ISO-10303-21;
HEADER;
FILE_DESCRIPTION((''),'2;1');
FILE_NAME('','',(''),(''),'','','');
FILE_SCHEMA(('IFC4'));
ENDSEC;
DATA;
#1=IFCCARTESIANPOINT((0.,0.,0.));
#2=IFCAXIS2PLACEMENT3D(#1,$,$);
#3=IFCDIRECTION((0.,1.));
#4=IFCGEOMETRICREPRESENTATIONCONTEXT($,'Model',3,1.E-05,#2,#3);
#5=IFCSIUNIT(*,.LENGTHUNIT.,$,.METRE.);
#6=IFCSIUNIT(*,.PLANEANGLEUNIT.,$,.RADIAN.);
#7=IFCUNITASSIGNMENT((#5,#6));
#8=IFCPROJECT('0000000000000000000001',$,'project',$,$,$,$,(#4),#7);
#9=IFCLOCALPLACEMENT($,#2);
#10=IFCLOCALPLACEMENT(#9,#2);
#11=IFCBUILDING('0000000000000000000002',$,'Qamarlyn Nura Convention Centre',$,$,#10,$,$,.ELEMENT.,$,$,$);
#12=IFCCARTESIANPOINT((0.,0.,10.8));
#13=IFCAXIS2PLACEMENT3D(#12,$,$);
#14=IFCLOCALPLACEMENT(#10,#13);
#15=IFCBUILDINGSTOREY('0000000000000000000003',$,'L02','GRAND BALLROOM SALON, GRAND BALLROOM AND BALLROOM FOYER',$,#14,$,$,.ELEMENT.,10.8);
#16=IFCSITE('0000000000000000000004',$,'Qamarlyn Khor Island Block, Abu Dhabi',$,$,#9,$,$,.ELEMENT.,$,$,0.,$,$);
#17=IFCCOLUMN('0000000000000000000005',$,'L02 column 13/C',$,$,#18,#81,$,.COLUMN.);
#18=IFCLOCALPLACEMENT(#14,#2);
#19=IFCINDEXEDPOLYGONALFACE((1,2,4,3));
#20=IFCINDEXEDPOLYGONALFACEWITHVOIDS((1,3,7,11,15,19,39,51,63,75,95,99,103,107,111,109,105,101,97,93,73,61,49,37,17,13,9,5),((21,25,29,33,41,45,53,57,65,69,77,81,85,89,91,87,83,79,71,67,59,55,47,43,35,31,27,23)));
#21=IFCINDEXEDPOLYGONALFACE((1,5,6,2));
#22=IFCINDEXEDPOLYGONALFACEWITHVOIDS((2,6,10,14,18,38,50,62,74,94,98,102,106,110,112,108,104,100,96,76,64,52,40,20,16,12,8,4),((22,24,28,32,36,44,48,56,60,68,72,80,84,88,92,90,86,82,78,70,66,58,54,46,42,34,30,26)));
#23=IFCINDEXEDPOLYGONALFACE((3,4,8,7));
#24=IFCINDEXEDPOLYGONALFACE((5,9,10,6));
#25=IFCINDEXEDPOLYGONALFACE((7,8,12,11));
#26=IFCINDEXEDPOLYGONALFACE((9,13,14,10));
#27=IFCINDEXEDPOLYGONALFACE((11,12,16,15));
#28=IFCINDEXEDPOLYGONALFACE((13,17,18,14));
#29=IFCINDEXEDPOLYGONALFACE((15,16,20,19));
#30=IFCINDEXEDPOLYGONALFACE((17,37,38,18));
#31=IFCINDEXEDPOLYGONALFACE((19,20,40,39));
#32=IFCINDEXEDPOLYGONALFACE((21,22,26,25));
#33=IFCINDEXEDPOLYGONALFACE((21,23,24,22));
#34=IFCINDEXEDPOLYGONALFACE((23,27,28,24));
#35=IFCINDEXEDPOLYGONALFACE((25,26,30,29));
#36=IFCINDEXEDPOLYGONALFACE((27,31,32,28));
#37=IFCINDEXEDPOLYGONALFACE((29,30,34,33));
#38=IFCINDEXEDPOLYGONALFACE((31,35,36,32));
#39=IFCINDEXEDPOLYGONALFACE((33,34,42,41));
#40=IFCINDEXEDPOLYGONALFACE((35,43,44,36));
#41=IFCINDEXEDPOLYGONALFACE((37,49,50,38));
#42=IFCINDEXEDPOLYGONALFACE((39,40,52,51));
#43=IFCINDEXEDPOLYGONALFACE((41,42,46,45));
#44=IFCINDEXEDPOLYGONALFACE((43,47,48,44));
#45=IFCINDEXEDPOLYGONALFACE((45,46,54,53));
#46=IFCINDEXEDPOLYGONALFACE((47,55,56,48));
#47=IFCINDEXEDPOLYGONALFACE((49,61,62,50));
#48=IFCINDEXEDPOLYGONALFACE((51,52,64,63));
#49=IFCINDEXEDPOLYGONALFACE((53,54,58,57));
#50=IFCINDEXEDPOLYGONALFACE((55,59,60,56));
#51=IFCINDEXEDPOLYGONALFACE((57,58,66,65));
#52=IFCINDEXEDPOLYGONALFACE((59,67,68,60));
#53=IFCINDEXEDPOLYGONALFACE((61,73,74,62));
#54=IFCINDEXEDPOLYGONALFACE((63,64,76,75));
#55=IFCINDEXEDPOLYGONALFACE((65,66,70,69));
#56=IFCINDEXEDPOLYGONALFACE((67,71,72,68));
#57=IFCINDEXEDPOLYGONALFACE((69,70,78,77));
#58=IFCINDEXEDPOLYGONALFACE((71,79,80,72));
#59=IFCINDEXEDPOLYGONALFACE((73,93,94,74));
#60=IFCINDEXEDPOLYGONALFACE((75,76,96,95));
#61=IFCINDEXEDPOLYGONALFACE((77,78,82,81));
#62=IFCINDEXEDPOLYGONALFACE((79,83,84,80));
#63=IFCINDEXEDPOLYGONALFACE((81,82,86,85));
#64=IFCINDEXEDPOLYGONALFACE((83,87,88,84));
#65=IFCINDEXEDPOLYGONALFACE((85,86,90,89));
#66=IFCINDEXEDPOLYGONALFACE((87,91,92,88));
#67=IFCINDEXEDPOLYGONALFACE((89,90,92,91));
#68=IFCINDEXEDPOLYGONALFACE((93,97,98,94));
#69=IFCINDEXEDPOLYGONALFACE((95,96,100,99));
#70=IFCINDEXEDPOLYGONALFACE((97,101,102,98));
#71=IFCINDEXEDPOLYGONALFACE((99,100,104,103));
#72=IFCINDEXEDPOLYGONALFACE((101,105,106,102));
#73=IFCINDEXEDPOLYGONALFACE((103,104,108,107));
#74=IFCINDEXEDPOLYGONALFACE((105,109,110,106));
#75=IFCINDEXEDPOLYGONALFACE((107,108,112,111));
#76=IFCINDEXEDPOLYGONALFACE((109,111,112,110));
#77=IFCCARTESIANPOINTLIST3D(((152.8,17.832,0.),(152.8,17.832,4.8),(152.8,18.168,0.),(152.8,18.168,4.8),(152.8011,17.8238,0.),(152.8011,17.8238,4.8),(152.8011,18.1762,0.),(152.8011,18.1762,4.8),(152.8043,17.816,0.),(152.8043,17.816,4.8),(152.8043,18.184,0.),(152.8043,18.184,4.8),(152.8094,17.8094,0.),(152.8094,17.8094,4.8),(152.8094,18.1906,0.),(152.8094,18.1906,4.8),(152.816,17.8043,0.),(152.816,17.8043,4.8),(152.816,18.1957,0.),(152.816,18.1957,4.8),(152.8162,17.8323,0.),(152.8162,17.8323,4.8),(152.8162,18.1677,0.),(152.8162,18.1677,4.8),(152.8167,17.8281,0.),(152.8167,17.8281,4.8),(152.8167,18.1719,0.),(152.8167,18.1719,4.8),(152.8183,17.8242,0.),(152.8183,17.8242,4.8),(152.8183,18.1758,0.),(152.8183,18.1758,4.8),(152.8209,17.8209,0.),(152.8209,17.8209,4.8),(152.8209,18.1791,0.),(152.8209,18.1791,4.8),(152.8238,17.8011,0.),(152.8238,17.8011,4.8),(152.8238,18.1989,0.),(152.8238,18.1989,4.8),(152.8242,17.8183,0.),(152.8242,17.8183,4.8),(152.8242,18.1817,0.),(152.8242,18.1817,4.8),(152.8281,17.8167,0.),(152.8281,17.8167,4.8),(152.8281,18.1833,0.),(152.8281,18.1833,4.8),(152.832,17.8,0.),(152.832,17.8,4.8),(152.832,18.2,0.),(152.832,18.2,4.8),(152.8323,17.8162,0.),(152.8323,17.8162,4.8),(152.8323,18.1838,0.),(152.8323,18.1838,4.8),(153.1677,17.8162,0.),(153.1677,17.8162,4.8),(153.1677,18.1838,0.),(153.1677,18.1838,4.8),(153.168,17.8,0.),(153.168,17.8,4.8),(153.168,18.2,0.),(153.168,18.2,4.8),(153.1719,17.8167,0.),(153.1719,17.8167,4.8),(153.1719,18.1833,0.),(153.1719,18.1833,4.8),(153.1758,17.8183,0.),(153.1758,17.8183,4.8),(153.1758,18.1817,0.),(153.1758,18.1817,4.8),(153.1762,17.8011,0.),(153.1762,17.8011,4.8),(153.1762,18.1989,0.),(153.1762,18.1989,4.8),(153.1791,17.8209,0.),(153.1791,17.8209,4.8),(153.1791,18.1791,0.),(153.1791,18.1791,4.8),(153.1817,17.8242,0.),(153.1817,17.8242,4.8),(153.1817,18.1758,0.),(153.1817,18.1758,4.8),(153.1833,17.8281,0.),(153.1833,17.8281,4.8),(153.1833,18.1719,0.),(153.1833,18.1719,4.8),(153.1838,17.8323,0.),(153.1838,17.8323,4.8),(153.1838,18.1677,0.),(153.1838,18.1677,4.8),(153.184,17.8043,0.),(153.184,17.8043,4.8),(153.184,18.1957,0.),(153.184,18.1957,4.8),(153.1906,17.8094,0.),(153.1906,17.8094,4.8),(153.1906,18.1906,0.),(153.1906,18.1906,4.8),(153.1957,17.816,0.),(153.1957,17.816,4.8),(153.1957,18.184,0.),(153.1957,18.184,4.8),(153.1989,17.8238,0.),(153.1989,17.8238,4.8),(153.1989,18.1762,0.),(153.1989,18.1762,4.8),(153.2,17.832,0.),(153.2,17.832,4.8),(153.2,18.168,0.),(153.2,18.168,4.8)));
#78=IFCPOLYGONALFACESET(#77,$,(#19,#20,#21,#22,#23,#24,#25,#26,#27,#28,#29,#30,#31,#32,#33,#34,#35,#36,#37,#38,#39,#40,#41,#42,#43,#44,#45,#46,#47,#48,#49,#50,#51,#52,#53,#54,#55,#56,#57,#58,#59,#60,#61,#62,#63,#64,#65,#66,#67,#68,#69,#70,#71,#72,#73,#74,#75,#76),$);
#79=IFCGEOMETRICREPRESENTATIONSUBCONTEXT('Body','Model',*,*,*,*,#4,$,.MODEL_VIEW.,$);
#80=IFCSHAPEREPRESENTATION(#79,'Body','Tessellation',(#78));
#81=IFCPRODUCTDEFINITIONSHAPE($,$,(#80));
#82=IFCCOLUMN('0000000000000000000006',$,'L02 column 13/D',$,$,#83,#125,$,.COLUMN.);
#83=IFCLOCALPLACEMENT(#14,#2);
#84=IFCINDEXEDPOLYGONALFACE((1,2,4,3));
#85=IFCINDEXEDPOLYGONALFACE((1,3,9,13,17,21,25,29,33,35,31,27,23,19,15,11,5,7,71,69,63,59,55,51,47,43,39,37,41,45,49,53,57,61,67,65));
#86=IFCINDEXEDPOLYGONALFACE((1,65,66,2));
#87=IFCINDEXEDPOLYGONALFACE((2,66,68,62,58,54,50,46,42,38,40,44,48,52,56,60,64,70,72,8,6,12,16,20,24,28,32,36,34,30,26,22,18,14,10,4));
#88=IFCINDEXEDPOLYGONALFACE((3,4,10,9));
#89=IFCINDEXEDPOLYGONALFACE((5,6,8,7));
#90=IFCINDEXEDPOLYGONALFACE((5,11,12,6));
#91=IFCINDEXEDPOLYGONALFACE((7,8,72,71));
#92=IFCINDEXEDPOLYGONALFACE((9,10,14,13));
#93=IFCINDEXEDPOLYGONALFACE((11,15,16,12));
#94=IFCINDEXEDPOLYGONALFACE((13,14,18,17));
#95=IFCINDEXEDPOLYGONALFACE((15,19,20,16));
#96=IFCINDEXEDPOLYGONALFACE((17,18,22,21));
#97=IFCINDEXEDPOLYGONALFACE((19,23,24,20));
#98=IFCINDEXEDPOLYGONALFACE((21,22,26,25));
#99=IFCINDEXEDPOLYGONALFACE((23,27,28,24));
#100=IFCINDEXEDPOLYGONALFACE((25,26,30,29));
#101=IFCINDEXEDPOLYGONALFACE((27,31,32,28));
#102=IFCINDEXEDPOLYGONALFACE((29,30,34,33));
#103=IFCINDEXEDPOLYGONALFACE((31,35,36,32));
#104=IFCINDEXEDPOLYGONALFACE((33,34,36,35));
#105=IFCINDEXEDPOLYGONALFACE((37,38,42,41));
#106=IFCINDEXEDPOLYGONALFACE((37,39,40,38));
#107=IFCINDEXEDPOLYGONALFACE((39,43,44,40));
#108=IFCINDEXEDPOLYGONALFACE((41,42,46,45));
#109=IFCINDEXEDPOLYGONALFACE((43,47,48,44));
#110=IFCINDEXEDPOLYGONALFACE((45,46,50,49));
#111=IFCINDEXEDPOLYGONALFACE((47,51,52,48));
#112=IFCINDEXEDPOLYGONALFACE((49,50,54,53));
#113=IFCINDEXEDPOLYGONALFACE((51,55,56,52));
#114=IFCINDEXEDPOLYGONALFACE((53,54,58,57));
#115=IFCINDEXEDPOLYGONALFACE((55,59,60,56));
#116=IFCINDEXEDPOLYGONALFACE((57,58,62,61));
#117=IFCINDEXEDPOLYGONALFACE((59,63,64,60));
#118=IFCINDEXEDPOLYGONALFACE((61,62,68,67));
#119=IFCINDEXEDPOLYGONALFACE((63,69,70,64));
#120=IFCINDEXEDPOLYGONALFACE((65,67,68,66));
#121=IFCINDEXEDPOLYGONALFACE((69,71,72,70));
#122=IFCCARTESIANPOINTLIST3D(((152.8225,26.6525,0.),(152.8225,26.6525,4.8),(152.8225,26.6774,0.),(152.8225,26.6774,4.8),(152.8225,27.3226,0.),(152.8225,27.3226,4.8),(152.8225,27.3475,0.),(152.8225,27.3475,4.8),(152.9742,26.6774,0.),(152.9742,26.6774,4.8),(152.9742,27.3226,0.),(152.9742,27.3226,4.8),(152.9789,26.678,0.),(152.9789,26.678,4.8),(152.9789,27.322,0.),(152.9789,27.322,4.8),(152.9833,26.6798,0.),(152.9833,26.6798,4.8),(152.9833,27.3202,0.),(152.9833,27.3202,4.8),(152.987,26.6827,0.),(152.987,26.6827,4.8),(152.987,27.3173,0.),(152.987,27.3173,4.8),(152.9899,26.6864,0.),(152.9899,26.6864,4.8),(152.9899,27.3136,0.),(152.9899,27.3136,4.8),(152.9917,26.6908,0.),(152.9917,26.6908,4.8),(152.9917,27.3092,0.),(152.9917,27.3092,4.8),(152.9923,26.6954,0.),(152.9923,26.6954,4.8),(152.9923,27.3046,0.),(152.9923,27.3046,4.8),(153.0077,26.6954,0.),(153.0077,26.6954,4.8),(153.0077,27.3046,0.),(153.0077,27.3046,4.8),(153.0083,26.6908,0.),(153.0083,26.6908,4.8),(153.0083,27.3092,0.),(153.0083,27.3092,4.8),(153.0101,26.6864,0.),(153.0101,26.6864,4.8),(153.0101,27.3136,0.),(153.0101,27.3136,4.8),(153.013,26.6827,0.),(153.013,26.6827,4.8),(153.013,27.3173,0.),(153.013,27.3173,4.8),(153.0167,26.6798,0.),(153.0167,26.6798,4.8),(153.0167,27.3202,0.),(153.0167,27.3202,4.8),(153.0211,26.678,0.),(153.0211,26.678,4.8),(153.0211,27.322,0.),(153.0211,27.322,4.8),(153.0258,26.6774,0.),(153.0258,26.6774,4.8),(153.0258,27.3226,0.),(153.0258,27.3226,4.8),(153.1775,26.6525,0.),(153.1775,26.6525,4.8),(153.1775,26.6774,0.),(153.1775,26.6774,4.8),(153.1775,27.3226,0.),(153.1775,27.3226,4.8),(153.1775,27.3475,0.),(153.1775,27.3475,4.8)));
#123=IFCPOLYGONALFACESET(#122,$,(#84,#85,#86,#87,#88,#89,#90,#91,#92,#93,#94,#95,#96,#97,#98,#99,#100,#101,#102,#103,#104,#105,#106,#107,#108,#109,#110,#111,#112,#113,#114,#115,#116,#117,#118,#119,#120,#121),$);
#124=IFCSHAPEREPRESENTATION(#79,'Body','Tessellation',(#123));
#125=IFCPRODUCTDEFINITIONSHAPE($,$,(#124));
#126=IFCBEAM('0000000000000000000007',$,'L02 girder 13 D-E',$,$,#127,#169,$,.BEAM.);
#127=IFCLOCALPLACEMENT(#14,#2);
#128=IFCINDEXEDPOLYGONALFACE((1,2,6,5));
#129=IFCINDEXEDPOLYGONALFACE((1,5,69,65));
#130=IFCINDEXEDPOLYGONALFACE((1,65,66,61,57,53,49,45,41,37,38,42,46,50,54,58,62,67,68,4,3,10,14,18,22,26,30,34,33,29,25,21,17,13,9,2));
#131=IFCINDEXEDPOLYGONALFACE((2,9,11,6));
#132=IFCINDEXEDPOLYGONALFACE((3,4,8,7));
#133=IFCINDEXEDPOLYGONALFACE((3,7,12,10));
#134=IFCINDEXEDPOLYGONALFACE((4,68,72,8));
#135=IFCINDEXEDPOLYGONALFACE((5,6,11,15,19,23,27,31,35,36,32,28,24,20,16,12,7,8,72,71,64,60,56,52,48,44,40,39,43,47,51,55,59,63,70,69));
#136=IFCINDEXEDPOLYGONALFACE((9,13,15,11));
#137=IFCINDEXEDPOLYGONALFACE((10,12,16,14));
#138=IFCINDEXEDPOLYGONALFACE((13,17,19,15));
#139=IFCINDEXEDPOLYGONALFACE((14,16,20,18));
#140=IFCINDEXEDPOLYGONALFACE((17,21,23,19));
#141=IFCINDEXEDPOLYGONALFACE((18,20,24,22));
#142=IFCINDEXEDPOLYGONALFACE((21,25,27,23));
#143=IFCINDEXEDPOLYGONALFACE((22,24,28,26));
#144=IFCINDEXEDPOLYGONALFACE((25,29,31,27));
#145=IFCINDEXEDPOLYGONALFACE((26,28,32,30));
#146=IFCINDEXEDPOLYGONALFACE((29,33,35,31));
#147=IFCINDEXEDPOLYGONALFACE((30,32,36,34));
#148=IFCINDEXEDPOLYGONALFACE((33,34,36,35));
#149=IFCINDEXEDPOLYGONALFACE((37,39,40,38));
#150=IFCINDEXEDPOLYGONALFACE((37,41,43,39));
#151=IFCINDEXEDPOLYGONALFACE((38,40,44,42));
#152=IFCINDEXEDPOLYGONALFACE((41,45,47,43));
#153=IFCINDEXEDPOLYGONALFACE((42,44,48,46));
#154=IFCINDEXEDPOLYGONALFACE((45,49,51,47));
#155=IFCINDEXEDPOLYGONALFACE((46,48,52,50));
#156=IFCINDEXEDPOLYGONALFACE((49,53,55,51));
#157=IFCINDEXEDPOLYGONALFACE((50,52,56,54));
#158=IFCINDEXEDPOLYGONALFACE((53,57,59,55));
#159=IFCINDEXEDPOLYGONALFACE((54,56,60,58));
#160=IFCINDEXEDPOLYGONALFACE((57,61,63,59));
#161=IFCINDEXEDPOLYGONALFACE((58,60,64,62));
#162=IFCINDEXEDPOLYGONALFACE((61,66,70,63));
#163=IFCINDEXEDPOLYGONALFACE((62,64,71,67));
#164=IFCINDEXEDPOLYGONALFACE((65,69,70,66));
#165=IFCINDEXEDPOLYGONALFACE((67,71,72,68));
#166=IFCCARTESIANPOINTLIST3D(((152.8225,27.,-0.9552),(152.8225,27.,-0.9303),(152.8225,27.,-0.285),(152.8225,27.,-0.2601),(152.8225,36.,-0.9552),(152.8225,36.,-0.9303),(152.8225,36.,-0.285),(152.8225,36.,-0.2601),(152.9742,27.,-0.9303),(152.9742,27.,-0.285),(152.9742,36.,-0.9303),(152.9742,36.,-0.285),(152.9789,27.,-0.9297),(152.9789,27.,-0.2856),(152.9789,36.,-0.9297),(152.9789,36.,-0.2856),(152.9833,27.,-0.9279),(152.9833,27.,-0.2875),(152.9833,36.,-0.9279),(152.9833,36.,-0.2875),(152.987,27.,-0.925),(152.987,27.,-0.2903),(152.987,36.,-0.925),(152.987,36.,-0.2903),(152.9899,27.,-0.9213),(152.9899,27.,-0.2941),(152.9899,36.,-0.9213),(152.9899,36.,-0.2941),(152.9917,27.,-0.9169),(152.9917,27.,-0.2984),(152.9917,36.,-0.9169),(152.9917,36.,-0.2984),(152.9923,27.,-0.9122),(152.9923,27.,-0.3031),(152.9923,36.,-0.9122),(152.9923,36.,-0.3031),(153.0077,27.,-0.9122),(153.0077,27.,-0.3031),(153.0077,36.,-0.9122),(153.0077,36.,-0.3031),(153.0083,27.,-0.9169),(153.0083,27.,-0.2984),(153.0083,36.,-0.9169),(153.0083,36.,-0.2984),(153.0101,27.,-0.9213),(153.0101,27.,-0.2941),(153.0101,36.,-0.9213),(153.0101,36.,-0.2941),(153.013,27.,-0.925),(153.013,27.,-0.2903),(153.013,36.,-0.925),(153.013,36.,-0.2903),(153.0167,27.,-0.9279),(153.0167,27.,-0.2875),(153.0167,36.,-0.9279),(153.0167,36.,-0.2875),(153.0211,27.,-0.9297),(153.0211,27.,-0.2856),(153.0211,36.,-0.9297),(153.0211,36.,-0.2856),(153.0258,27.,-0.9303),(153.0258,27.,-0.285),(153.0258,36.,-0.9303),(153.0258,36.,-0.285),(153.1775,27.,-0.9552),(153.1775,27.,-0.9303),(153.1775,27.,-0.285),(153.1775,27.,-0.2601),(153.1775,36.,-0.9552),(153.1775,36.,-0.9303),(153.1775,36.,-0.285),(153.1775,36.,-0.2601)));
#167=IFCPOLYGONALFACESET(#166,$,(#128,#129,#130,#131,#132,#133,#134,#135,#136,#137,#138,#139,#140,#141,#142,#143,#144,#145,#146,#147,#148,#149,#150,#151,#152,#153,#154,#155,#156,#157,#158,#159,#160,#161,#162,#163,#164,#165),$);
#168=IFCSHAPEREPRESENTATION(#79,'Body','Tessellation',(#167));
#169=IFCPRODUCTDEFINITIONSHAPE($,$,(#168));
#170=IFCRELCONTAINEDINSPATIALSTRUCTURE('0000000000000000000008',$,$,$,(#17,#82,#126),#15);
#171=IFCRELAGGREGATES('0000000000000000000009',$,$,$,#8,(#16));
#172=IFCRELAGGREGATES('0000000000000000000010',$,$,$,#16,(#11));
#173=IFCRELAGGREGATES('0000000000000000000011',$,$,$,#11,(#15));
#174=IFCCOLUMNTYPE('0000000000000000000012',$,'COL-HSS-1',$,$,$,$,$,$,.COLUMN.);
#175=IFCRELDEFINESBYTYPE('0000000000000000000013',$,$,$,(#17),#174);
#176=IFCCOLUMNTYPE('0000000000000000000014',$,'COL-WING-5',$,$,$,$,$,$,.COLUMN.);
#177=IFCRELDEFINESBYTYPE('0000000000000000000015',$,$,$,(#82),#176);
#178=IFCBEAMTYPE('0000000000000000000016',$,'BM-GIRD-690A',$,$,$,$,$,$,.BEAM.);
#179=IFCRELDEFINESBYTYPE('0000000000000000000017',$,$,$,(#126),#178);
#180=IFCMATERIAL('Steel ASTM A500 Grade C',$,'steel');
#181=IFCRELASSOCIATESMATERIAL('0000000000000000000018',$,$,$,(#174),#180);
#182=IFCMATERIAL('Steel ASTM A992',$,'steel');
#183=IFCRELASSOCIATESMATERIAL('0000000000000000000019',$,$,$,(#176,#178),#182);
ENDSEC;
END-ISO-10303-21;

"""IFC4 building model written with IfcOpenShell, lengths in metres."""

from ifc_helpers import new_model, si_unit, direction, frame, origin, origin_2d, place, context, subcontext, project, spatial, hollow_rectangle, i_section, extrude, material, material_profile, profile_set, type_object, element, save


model = new_model("IFC4")

# Units and contexts
model_context = context("Model", 3, precision=1e-05, world=origin(), true_north=direction((0.0, 1.0)))
body_context = subcontext(model_context, "Body", "Model", "MODEL_VIEW")
ifc_project = project(units=[si_unit("LENGTHUNIT", "METRE"), si_unit("PLANEANGLEUNIT", "RADIAN")], contexts=[model_context])

# Site, building, storey
site_placement = place(None, origin())
site = spatial("IfcSite", under=ifc_project, at=site_placement, Name="Qamarlyn Khor Island Block, Abu Dhabi", CompositionType="ELEMENT", RefElevation=0.0)
building_placement = place(site_placement, origin())
building = spatial("IfcBuilding", under=site, at=building_placement, Name="Qamarlyn Nura Convention Centre", CompositionType="ELEMENT")
storey_placement = place(building_placement, frame((0.0, 0.0, 10.8)))
storey = spatial("IfcBuildingStorey", under=building, at=storey_placement, Name="L02", Description="GRAND BALLROOM SALON, GRAND BALLROOM AND BALLROOM FOYER", CompositionType="ELEMENT", Elevation=10.8)

# Columns
ifc_material_1 = material(Name="Steel ASTM A500 Grade C", Category="steel")
ifc_material_profile_1 = material_profile(ifc_material_1, hollow_rectangle(XDim=0.3999, YDim=0.3999, WallThickness=0.0161, InnerFilletRadius=0.0161, OuterFilletRadius=0.032, at=origin_2d()), Name="HSS400X400X16")
ifc_profile_set_1 = profile_set([ifc_material_profile_1], Name="Steel ASTM A500 Grade C")
column_type_1 = type_object("IfcColumnType", Name="COL-HSS-1", PredefinedType="COLUMN", material=ifc_profile_set_1)
column_1_placement = place(storey_placement, frame((153.0, 18.0, 0.0), z_axis=(0.0, 0.0, 1.0), x_axis=(1.0, 0.0, 0.0)))
element("IfcColumn", 1, at=column_1_placement, inside=storey, type_object=column_type_1, Name="L02 column 13/C", PredefinedType="COLUMN", context=body_context, shape_type="SweptSolid", body=[
    extrude(hollow_rectangle(XDim=0.3999, YDim=0.3999, WallThickness=0.0161, InnerFilletRadius=0.0161, OuterFilletRadius=0.032, at=origin_2d()), origin(), (0.0, 0.0, 1.0), 4.8),
])
ifc_material_2 = material(Name="Steel ASTM A992", Category="steel")
ifc_material_profile_2 = material_profile(ifc_material_2, i_section(OverallWidth=0.355, OverallDepth=0.6951, WebThickness=0.0154, FlangeThickness=0.0249, FilletRadius=0.0181, at=origin_2d()), Name="W690X217")
ifc_profile_set_2 = profile_set([ifc_material_profile_2], Name="Steel ASTM A992")
column_type_2 = type_object("IfcColumnType", Name="COL-WING-5", PredefinedType="COLUMN", material=ifc_profile_set_2)
column_2_placement = place(storey_placement, frame((153.0, 27.0, 0.0), z_axis=(0.0, 0.0, 1.0), x_axis=(1.0, 0.0, 0.0)))
element("IfcColumn", 2, at=column_2_placement, inside=storey, type_object=column_type_2, Name="L02 column 13/D", PredefinedType="COLUMN", context=body_context, shape_type="SweptSolid", body=[
    extrude(i_section(OverallWidth=0.355, OverallDepth=0.6951, WebThickness=0.0154, FlangeThickness=0.0249, FilletRadius=0.0181, at=origin_2d()), origin(), (0.0, 0.0, 1.0), 4.8),
])

# Beam
ifc_material_profile_3 = material_profile(ifc_material_2, i_section(OverallWidth=0.355, OverallDepth=0.6951, WebThickness=0.0154, FlangeThickness=0.0249, FilletRadius=0.0181, at=origin_2d()), Name="W690X217")
ifc_profile_set_3 = profile_set([ifc_material_profile_3], Name="Steel ASTM A992")
beam_type_1 = type_object("IfcBeamType", Name="BM-GIRD-690A", PredefinedType="BEAM", material=ifc_profile_set_3)
beam_1_placement = place(storey_placement, frame((153.0, 27.0, -0.6077), z_axis=(0.0, 1.0, 0.0), x_axis=(-1.0, 0.0, 0.0)))
element("IfcBeam", 3, at=beam_1_placement, inside=storey, type_object=beam_type_1, Name="L02 girder 13 D-E", PredefinedType="BEAM", context=body_context, shape_type="SweptSolid", body=[
    extrude(i_section(OverallWidth=0.355, OverallDepth=0.6951, WebThickness=0.0154, FlangeThickness=0.0249, FilletRadius=0.0181, at=origin_2d()), origin(), (0.0, 0.0, 1.0), 9.0),
])

save(model, "model.ifc")
